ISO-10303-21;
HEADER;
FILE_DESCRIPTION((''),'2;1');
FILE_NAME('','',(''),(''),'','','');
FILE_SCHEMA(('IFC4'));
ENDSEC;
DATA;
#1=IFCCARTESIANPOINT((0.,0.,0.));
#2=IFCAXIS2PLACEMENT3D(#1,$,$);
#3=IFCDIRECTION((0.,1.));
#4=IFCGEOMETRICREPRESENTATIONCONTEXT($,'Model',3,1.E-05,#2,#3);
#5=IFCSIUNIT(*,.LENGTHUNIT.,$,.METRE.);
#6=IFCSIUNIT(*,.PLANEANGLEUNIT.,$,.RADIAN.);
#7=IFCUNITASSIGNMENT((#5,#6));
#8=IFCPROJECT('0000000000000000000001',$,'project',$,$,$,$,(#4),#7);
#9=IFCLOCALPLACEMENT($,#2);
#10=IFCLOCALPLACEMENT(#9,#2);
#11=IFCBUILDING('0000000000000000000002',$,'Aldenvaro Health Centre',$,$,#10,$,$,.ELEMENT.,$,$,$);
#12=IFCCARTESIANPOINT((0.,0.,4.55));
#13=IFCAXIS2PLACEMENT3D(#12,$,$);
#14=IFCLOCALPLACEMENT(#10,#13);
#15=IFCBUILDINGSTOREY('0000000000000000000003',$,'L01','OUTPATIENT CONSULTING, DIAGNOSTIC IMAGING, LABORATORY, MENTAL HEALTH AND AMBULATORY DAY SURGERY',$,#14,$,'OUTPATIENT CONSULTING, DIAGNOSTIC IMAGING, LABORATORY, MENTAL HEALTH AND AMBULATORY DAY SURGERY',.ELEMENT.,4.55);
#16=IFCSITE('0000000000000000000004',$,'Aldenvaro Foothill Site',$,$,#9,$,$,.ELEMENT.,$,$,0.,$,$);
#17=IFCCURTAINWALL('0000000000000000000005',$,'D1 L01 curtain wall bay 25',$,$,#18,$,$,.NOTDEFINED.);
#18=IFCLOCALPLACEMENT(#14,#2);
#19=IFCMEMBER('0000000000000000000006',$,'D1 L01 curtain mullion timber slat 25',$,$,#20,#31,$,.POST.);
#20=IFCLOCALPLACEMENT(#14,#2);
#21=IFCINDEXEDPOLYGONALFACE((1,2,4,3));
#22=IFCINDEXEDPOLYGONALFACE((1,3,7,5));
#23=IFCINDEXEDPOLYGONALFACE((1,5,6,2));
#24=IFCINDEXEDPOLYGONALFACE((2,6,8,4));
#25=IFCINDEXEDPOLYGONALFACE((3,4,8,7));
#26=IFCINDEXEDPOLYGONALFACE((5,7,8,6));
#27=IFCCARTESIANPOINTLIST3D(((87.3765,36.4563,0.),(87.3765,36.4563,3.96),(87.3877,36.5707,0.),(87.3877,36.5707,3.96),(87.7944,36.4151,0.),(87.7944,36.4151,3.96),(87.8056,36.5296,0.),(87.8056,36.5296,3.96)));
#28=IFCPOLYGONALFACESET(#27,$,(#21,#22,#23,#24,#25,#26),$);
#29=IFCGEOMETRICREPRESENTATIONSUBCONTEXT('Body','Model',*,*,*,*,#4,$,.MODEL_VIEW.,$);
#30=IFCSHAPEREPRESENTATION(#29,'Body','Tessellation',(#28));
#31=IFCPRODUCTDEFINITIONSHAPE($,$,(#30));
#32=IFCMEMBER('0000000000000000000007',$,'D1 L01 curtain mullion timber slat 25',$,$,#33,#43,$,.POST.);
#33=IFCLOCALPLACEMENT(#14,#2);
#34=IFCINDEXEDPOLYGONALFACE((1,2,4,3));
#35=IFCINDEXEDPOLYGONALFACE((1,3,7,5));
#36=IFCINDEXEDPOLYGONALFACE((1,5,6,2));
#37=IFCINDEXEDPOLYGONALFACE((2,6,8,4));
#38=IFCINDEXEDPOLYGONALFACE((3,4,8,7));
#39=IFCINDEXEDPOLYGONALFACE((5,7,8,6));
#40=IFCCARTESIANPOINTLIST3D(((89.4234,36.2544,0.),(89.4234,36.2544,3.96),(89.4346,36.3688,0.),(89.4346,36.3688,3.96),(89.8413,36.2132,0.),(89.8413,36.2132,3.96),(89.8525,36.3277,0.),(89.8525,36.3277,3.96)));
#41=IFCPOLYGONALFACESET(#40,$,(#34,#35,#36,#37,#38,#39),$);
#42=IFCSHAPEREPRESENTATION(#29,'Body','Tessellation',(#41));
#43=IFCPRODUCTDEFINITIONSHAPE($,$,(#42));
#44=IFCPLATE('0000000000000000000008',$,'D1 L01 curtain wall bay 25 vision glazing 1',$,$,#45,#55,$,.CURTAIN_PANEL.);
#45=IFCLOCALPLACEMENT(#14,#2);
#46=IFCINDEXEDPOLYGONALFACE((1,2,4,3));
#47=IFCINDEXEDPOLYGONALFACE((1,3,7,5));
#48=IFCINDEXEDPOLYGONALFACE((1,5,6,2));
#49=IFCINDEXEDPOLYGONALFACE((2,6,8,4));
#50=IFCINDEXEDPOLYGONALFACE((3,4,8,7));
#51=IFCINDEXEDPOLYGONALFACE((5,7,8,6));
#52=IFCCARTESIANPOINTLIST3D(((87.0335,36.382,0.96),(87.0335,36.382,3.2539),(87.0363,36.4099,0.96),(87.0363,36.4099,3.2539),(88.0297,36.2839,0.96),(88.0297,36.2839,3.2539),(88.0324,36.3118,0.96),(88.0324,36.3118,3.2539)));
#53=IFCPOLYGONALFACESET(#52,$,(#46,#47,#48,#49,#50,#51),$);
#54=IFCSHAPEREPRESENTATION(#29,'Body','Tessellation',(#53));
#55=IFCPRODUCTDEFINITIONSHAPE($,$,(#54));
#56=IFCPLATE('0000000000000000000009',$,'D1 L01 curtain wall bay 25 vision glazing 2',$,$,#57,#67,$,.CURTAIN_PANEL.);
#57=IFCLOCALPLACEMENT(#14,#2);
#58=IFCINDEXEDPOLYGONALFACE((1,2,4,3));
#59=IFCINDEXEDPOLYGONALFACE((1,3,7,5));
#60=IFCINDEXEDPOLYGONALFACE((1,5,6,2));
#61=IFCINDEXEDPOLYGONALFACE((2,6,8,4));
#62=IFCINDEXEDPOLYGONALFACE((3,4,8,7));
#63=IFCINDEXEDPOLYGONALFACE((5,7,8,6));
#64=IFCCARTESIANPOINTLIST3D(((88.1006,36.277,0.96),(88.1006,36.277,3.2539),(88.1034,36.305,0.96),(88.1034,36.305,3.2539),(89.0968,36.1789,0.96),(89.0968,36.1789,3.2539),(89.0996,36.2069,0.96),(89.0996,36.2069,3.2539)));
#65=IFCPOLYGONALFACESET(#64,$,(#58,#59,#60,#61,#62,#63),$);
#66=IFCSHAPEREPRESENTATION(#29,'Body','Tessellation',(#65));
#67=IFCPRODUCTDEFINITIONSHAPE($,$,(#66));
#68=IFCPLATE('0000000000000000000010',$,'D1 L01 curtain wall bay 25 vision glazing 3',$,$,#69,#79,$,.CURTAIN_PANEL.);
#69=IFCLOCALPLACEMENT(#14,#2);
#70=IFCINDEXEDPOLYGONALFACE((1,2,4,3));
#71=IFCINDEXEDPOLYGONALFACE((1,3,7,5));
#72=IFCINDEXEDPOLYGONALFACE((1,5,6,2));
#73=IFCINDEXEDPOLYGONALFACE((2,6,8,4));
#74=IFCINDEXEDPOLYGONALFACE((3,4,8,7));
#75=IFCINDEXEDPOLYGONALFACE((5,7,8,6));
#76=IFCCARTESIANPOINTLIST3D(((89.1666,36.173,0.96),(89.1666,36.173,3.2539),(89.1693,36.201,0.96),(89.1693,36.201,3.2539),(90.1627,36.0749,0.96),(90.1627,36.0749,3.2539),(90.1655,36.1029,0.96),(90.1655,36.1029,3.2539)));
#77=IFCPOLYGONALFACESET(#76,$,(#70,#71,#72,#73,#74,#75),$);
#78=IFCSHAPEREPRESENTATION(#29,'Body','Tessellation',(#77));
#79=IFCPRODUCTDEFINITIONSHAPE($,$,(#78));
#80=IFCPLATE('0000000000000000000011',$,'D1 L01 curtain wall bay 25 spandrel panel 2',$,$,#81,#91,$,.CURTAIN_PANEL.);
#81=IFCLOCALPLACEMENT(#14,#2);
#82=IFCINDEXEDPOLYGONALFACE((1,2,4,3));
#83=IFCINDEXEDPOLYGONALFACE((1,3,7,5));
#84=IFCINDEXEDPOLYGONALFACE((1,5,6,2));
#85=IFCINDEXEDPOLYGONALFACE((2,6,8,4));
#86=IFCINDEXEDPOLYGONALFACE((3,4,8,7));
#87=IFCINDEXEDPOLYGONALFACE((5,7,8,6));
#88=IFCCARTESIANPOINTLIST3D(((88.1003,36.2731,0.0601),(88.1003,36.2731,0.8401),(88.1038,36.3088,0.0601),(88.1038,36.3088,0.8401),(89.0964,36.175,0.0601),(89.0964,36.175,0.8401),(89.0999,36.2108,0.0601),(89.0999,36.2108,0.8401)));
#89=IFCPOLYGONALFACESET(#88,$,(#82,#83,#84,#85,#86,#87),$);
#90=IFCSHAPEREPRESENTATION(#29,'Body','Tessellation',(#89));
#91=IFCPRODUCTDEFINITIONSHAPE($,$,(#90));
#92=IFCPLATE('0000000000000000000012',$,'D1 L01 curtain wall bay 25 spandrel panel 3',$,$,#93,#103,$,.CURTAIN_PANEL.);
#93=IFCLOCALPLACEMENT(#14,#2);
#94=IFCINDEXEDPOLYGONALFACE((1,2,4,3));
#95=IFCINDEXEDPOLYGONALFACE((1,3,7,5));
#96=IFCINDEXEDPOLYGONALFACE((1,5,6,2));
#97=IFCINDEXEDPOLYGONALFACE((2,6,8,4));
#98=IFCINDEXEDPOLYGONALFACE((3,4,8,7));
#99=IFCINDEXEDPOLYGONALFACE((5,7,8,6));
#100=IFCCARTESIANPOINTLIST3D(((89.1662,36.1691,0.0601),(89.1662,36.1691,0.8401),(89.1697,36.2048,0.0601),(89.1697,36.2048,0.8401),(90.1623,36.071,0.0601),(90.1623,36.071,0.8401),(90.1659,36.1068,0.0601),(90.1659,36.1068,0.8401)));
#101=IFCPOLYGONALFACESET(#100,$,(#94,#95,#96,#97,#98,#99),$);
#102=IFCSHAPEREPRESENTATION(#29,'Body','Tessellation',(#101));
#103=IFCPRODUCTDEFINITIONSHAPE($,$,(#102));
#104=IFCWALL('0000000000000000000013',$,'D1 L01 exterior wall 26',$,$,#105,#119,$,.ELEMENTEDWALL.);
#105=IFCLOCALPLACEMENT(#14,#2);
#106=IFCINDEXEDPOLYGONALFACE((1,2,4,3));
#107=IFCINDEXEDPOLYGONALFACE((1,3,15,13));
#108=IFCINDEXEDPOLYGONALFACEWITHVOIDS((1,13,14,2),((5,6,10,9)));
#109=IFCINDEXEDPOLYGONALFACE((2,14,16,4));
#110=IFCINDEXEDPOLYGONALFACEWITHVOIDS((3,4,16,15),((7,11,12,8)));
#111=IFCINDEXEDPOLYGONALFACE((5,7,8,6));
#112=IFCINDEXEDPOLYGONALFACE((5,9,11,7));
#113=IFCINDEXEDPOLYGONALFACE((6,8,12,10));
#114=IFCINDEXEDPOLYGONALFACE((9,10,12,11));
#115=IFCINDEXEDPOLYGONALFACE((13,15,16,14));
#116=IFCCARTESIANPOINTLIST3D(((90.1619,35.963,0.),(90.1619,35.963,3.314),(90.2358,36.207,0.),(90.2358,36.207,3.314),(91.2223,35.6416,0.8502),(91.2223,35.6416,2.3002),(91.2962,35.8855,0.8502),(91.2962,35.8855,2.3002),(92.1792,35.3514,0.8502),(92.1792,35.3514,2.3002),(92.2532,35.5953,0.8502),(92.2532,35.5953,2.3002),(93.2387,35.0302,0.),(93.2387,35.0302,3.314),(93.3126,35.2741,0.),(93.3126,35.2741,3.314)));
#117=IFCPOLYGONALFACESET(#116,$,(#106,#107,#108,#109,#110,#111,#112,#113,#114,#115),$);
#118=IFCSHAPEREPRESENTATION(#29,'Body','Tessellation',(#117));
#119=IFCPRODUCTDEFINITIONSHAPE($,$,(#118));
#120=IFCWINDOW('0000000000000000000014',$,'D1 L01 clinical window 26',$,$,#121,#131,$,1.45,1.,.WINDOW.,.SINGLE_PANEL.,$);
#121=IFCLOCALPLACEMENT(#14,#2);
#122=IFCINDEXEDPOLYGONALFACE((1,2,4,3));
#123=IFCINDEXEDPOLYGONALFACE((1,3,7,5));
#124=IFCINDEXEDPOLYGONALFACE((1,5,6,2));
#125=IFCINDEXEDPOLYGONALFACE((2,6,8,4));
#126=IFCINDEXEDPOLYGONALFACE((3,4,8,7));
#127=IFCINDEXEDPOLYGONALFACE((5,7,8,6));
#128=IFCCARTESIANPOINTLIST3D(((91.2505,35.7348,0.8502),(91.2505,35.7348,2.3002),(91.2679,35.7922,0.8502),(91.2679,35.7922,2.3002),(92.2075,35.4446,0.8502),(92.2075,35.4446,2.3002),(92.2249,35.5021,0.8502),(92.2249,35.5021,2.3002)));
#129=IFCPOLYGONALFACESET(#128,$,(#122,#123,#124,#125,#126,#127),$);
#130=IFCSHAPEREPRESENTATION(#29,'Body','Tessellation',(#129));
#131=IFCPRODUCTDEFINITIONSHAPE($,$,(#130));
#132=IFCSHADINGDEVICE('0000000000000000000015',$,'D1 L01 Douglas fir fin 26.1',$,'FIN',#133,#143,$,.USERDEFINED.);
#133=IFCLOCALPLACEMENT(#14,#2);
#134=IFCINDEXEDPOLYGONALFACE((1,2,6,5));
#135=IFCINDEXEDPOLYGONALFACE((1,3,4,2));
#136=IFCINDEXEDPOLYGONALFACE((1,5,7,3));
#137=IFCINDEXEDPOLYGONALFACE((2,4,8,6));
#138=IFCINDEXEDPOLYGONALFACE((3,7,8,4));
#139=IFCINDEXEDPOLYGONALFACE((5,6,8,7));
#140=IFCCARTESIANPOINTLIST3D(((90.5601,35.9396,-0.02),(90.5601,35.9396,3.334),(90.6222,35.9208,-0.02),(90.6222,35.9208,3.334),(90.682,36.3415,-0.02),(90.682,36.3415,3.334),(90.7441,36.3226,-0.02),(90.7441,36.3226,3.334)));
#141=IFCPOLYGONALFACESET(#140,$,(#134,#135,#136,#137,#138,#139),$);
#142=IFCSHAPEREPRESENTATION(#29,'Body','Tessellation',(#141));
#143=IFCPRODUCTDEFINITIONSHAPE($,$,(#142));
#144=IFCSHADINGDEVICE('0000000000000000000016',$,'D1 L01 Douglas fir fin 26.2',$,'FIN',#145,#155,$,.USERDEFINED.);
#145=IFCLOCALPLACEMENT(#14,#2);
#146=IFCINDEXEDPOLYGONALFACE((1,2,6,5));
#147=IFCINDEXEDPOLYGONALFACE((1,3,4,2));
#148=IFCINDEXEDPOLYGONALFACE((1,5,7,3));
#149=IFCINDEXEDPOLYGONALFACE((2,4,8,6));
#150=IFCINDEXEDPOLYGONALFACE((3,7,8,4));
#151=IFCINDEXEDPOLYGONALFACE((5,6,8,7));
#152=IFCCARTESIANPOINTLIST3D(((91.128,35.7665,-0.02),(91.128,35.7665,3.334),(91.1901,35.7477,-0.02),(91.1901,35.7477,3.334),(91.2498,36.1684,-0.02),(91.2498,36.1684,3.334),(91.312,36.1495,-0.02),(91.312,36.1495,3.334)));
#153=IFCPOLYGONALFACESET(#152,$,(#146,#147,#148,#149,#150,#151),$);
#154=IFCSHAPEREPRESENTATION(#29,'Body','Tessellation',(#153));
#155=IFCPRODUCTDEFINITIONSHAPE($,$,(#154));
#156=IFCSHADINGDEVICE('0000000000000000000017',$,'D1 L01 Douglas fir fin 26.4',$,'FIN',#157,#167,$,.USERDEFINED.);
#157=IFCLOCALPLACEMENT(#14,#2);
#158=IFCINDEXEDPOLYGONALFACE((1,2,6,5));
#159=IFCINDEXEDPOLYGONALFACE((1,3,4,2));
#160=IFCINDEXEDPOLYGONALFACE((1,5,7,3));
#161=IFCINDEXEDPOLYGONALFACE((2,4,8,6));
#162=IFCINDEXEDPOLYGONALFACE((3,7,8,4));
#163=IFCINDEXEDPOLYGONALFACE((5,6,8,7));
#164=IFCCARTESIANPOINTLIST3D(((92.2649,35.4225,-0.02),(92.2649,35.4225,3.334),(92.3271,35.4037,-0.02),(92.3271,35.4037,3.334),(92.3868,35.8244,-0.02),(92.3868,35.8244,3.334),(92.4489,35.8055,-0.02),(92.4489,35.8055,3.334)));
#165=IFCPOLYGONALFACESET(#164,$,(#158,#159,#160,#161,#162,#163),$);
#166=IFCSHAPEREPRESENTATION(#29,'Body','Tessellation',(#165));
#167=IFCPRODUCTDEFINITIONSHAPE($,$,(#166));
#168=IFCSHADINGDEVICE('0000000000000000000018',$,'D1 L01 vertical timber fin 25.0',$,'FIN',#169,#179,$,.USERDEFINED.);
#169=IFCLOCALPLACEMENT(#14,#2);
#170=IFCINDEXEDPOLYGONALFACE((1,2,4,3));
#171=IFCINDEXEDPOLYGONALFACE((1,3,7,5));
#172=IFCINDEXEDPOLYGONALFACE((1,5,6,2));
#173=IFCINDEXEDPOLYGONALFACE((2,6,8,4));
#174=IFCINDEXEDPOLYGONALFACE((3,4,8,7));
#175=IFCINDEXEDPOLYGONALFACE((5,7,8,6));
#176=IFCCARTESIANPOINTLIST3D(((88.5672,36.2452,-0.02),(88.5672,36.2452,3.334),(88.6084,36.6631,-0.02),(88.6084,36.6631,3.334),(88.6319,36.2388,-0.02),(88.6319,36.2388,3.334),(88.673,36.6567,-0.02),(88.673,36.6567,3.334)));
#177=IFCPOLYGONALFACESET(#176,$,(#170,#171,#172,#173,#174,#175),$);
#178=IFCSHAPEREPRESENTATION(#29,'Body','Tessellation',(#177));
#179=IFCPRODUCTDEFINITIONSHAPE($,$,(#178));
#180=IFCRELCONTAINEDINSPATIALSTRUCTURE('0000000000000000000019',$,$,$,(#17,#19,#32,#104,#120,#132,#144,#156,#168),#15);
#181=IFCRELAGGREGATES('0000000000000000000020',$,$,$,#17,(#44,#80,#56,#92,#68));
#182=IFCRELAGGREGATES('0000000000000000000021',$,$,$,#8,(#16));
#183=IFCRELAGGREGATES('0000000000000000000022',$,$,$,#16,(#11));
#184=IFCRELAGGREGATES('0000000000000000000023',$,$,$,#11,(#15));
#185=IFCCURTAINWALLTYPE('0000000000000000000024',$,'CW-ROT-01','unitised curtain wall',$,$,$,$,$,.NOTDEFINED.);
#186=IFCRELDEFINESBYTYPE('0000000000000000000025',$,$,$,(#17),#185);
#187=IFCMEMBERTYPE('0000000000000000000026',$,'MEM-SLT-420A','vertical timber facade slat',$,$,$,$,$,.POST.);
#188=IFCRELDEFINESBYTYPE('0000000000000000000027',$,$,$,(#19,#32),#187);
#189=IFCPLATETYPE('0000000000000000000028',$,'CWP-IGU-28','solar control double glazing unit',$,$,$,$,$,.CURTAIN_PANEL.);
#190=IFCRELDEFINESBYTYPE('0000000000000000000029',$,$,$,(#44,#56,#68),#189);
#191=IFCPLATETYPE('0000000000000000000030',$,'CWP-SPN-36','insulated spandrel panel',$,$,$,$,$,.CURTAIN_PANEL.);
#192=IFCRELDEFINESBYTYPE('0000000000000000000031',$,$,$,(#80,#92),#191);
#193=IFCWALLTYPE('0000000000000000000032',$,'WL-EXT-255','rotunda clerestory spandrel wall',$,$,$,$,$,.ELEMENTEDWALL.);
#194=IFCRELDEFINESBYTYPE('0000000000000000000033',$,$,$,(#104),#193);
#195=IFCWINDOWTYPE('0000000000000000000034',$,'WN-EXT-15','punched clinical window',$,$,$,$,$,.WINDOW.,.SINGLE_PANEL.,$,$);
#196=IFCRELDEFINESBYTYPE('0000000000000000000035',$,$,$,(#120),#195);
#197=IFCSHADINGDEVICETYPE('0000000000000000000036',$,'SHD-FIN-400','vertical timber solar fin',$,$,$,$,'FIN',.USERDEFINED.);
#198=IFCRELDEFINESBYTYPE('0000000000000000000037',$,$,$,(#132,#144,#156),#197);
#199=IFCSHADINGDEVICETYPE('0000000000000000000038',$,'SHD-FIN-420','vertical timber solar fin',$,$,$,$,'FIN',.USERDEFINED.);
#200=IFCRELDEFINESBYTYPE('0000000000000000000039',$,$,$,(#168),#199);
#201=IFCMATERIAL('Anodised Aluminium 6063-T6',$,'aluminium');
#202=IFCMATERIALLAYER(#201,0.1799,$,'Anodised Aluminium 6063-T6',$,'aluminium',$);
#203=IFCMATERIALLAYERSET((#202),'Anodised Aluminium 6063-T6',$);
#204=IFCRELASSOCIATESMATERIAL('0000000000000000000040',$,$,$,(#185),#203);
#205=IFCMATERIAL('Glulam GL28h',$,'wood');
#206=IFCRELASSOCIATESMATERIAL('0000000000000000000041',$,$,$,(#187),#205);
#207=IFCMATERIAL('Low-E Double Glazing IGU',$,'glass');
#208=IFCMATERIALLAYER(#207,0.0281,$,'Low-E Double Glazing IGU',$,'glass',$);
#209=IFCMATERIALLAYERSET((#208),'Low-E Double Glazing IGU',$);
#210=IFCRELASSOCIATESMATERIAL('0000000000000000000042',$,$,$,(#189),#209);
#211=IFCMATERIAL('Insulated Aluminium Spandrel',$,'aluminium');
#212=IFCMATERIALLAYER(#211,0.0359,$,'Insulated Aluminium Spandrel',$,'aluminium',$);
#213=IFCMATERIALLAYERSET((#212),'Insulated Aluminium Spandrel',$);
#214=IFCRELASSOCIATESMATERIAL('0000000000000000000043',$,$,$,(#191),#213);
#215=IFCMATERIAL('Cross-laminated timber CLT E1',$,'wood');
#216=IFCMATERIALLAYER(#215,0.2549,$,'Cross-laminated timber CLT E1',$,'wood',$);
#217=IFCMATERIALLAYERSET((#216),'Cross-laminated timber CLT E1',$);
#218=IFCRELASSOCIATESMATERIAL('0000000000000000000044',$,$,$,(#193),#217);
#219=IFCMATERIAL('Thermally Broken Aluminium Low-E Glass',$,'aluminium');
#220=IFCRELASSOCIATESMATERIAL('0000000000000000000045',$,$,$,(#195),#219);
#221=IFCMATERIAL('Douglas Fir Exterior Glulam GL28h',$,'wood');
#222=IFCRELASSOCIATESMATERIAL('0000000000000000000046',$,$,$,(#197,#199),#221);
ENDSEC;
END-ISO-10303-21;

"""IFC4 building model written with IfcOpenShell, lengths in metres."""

from ifc_helpers import new_model, si_unit, direction, frame, frame_2d, origin, origin_2d, place, context, subcontext, project, spatial, rectangle, extrude, material, layer, layer_set, material_profile, profile_set, type_object, element, fill, aggregate, save


model = new_model("IFC4")

# Units and contexts
model_context = context("Model", 3, precision=1e-05, world=origin(), true_north=direction((0.0, 1.0)))
body_context = subcontext(model_context, "Body", "Model", "MODEL_VIEW")
ifc_project = project(units=[si_unit("LENGTHUNIT", "METRE"), si_unit("PLANEANGLEUNIT", "RADIAN")], contexts=[model_context])

# Site, building, storey
site_placement = place(None, origin())
site = spatial("IfcSite", under=ifc_project, at=site_placement, Name="Aldenvaro Foothill Site", CompositionType="ELEMENT", RefElevation=0.0)
building_placement = place(site_placement, origin())
building = spatial("IfcBuilding", under=site, at=building_placement, Name="Aldenvaro Health Centre", CompositionType="ELEMENT")
storey_placement = place(building_placement, frame((0.0, 0.0, 4.55)))
storey = spatial("IfcBuildingStorey", under=building, at=storey_placement, Name="L01", Description="OUTPATIENT CONSULTING, DIAGNOSTIC IMAGING, LABORATORY, MENTAL HEALTH AND AMBULATORY DAY SURGERY", LongName="OUTPATIENT CONSULTING, DIAGNOSTIC IMAGING, LABORATORY, MENTAL HEALTH AND AMBULATORY DAY SURGERY", CompositionType="ELEMENT", Elevation=4.55)

# Shared definitions
ifc_material_1 = material(Name="Glulam GL28h", Category="wood")

# Curtain wall
ifc_material_2 = material(Name="Anodised Aluminium 6063-T6", Category="aluminium")
ifc_layer_1 = layer(ifc_material_2, 0.1799, Name="Anodised Aluminium 6063-T6", Category="aluminium")
ifc_layer_set_1 = layer_set([ifc_layer_1], Name="Anodised Aluminium 6063-T6")
curtain_wall_type_1 = type_object("IfcCurtainWallType", Name="CW-ROT-01", Description="unitised curtain wall", PredefinedType="NOTDEFINED", material=ifc_layer_set_1)
curtain_wall_1_placement = place(storey_placement, origin())
curtain_wall_1 = element("IfcCurtainWall", 1, at=curtain_wall_1_placement, inside=storey, type_object=curtain_wall_type_1, Name="D1 L01 curtain wall bay 25", PredefinedType="NOTDEFINED")

# Members
ifc_material_profile_1 = material_profile(ifc_material_1, rectangle(XDim=0.115, YDim=0.4199, at=origin_2d()), Name="GL 115x420", Category="wood")
ifc_profile_set_1 = profile_set([ifc_material_profile_1], Name="Glulam GL28h")
member_type_1 = type_object("IfcMemberType", Name="MEM-SLT-420A", Description="vertical timber facade slat", PredefinedType="POST", material=ifc_profile_set_1)
for number, where, z_axis, x_axis, name in (
    (2, (87.5911, 36.4929, 0.0), (0.0, 0.0, 1.0), (0.097994, 0.995187, 0.0), "D1 L01 curtain mullion timber slat 25"),
    (3, (89.6379, 36.291, 0.0), (0.0, 0.0, 1.0), (0.097994, 0.995187, 0.0), "D1 L01 curtain mullion timber slat 25"),
):
    element("IfcMember", number, at=place(storey_placement, frame(where, z_axis=z_axis, x_axis=x_axis)), inside=storey, type_object=member_type_1, Name=name, PredefinedType="POST", context=body_context, shape_type="SweptSolid", body=[
        extrude(rectangle(XDim=0.115, YDim=0.4199, at=origin_2d()), origin(), (0.0, 0.0, 1.0), 3.96),
    ])

# Plates
ifc_material_3 = material(Name="Low-E Double Glazing IGU", Category="glass")
ifc_layer_2 = layer(ifc_material_3, 0.0281, Name="Low-E Double Glazing IGU", Category="glass")
ifc_layer_set_2 = layer_set([ifc_layer_2], Name="Low-E Double Glazing IGU")
plate_type_1 = type_object("IfcPlateType", Name="CWP-IGU-28", Description="solar control double glazing unit", PredefinedType="CURTAIN_PANEL", material=ifc_layer_set_2)
plate_1_placement = place(storey_placement, frame((87.533, 36.3469, 0.96), z_axis=(0.0, 0.0, 1.0), x_axis=(0.995187, -0.097994, 0.0)))
plate_1 = element("IfcPlate", 4, at=plate_1_placement, type_object=plate_type_1, Name="D1 L01 curtain wall bay 25 vision glazing 1", PredefinedType="CURTAIN_PANEL", context=body_context, shape_type="SweptSolid", body=[
    extrude(rectangle(XDim=1.001, YDim=0.0281, at=origin_2d()), origin(), (0.0, 0.0, 1.0), 2.2939),
])
plate_2_placement = place(storey_placement, frame((88.6001, 36.2419, 0.96), z_axis=(0.0, 0.0, 1.0), x_axis=(0.995187, -0.097994, 0.0)))
plate_2 = element("IfcPlate", 5, at=plate_2_placement, type_object=plate_type_1, Name="D1 L01 curtain wall bay 25 vision glazing 2", PredefinedType="CURTAIN_PANEL", context=body_context, shape_type="SweptSolid", body=[
    extrude(rectangle(XDim=1.001, YDim=0.0281, at=origin_2d()), origin(), (0.0, 0.0, 1.0), 2.2939),
])
plate_3_placement = place(storey_placement, frame((89.666, 36.1379, 0.96), z_axis=(0.0, 0.0, 1.0), x_axis=(0.995187, -0.097994, 0.0)))
plate_3 = element("IfcPlate", 6, at=plate_3_placement, type_object=plate_type_1, Name="D1 L01 curtain wall bay 25 vision glazing 3", PredefinedType="CURTAIN_PANEL", context=body_context, shape_type="SweptSolid", body=[
    extrude(rectangle(XDim=1.001, YDim=0.0281, at=origin_2d()), origin(), (0.0, 0.0, 1.0), 2.2939),
])
ifc_material_4 = material(Name="Insulated Aluminium Spandrel", Category="aluminium")
ifc_layer_3 = layer(ifc_material_4, 0.0359, Name="Insulated Aluminium Spandrel", Category="aluminium")
ifc_layer_set_3 = layer_set([ifc_layer_3], Name="Insulated Aluminium Spandrel")
plate_type_2 = type_object("IfcPlateType", Name="CWP-SPN-36", Description="insulated spandrel panel", PredefinedType="CURTAIN_PANEL", material=ifc_layer_set_3)
plate_4_placement = place(storey_placement, frame((88.6001, 36.2419, 0.0601), z_axis=(0.0, 0.0, 1.0), x_axis=(0.995187, -0.097994, 0.0)))
plate_4 = element("IfcPlate", 7, at=plate_4_placement, type_object=plate_type_2, Name="D1 L01 curtain wall bay 25 spandrel panel 2", PredefinedType="CURTAIN_PANEL", context=body_context, shape_type="SweptSolid", body=[
    extrude(rectangle(XDim=1.001, YDim=0.0359, at=origin_2d()), origin(), (0.0, 0.0, 1.0), 0.78),
])
plate_5_placement = place(storey_placement, frame((89.666, 36.1379, 0.0601), z_axis=(0.0, 0.0, 1.0), x_axis=(0.995187, -0.097994, 0.0)))
plate_5 = element("IfcPlate", 8, at=plate_5_placement, type_object=plate_type_2, Name="D1 L01 curtain wall bay 25 spandrel panel 3", PredefinedType="CURTAIN_PANEL", context=body_context, shape_type="SweptSolid", body=[
    extrude(rectangle(XDim=1.001, YDim=0.0359, at=origin_2d()), origin(), (0.0, 0.0, 1.0), 0.78),
])
aggregate(curtain_wall_1, [plate_1, plate_4, plate_2, plate_5, plate_3])

# Wall, opening, window
ifc_material_5 = material(Name="Cross-laminated timber CLT E1", Category="wood")
ifc_layer_4 = layer(ifc_material_5, 0.2549, Name="Cross-laminated timber CLT E1", Category="wood")
ifc_layer_set_4 = layer_set([ifc_layer_4], Name="Cross-laminated timber CLT E1")
wall_type = type_object("IfcWallType", Name="WL-EXT-255", Description="rotunda clerestory spandrel wall", PredefinedType="ELEMENTEDWALL", material=ifc_layer_set_4)
wall_placement = place(storey_placement, frame((90.199, 36.085, 0.0), z_axis=(0.0, 0.0, 1.0), x_axis=(0.956984, -0.29014, 0.0)))
wall = element("IfcWall", 9, at=wall_placement, inside=storey, type_object=wall_type, Name="D1 L01 exterior wall 26", PredefinedType="ELEMENTEDWALL", context=body_context, shape_type="SweptSolid", body=[
    extrude(rectangle(XDim=3.2151, YDim=0.2549, at=frame_2d((1.6074, 0.0))), origin(), (0.0, 0.0, 1.0), 3.314),
])
opening_placement = place(wall_placement, frame((1.1079, 0.0, 0.8501)))
opening = element("IfcOpeningElement", 10, at=opening_placement, cuts=wall, PredefinedType="OPENING", context=body_context, shape_type="SweptSolid", body=[
    extrude(rectangle(XDim=1.0, YDim=1.45, at=frame_2d((0.5, 0.7251))), frame((0.0, 0.1375, 0.0), z_axis=(0.0, -1.0, 0.0), x_axis=(1.0, 0.0, 0.0)), (0.0, 0.0, 1.0), 0.2749),
])
ifc_material_6 = material(Name="Thermally Broken Aluminium Low-E Glass", Category="aluminium")
window_type = type_object("IfcWindowType", Name="WN-EXT-15", Description="punched clinical window", PartitioningType="SINGLE_PANEL", PredefinedType="WINDOW", material=ifc_material_6)
window_placement = place(opening_placement, origin())
window = element("IfcWindow", 11, at=window_placement, inside=storey, type_object=window_type, Name="D1 L01 clinical window 26", OverallHeight=1.45, OverallWidth=1.0, PartitioningType="SINGLE_PANEL", PredefinedType="WINDOW", context=body_context, shape_type="SweptSolid", body=[
    extrude(rectangle(XDim=1.0, YDim=1.45, at=frame_2d((0.5, 0.7251))), frame((0.0, 0.03, 0.0), z_axis=(0.0, -1.0, 0.0), x_axis=(1.0, 0.0, 0.0)), (0.0, 0.0, 1.0), 0.0601),
])
fill(opening, window)

# Shading devices
ifc_material_7 = material(Name="Douglas Fir Exterior Glulam GL28h", Category="wood")
shading_device_type_1 = type_object("IfcShadingDeviceType", Name="SHD-FIN-400", Description="vertical timber solar fin", ElementType="FIN", PredefinedType="USERDEFINED", material=ifc_material_7)
for number, where, z_axis, x_axis, name in (
    (12, (90.6521, 36.1311, -0.02), (0.0, 0.0, 1.0), (0.956975, -0.290171, 0.0), "D1 L01 Douglas fir fin 26.1"),
    (13, (91.22, 35.958, -0.02), (0.0, 0.0, 1.0), (0.956975, -0.290171, 0.0), "D1 L01 Douglas fir fin 26.2"),
    (14, (92.3569, 35.614, -0.02), (0.0, 0.0, 1.0), (0.956975, -0.290171, 0.0), "D1 L01 Douglas fir fin 26.4"),
):
    element("IfcShadingDevice", number, at=place(storey_placement, frame(where, z_axis=z_axis, x_axis=x_axis)), inside=storey, type_object=shading_device_type_1, Name=name, ObjectType="FIN", PredefinedType="USERDEFINED", context=body_context, shape_type="SweptSolid", body=[
        extrude(rectangle(XDim=0.0649, YDim=0.4199, at=origin_2d()), origin(), (0.0, 0.0, 1.0), 3.354),
    ])
shading_device_type_2 = type_object("IfcShadingDeviceType", Name="SHD-FIN-420", Description="vertical timber solar fin", ElementType="FIN", PredefinedType="USERDEFINED", material=ifc_material_7)
shading_device_placement = place(storey_placement, frame((88.6201, 36.4509, -0.02), z_axis=(0.0, 0.0, 1.0), x_axis=(0.995187, -0.097994, 0.0)))
element("IfcShadingDevice", 15, at=shading_device_placement, inside=storey, type_object=shading_device_type_2, Name="D1 L01 vertical timber fin 25.0", ObjectType="FIN", PredefinedType="USERDEFINED", context=body_context, shape_type="SweptSolid", body=[
    extrude(rectangle(XDim=0.0649, YDim=0.4199, at=origin_2d()), origin(), (0.0, 0.0, 1.0), 3.354),
])

save(model, "model.ifc")
